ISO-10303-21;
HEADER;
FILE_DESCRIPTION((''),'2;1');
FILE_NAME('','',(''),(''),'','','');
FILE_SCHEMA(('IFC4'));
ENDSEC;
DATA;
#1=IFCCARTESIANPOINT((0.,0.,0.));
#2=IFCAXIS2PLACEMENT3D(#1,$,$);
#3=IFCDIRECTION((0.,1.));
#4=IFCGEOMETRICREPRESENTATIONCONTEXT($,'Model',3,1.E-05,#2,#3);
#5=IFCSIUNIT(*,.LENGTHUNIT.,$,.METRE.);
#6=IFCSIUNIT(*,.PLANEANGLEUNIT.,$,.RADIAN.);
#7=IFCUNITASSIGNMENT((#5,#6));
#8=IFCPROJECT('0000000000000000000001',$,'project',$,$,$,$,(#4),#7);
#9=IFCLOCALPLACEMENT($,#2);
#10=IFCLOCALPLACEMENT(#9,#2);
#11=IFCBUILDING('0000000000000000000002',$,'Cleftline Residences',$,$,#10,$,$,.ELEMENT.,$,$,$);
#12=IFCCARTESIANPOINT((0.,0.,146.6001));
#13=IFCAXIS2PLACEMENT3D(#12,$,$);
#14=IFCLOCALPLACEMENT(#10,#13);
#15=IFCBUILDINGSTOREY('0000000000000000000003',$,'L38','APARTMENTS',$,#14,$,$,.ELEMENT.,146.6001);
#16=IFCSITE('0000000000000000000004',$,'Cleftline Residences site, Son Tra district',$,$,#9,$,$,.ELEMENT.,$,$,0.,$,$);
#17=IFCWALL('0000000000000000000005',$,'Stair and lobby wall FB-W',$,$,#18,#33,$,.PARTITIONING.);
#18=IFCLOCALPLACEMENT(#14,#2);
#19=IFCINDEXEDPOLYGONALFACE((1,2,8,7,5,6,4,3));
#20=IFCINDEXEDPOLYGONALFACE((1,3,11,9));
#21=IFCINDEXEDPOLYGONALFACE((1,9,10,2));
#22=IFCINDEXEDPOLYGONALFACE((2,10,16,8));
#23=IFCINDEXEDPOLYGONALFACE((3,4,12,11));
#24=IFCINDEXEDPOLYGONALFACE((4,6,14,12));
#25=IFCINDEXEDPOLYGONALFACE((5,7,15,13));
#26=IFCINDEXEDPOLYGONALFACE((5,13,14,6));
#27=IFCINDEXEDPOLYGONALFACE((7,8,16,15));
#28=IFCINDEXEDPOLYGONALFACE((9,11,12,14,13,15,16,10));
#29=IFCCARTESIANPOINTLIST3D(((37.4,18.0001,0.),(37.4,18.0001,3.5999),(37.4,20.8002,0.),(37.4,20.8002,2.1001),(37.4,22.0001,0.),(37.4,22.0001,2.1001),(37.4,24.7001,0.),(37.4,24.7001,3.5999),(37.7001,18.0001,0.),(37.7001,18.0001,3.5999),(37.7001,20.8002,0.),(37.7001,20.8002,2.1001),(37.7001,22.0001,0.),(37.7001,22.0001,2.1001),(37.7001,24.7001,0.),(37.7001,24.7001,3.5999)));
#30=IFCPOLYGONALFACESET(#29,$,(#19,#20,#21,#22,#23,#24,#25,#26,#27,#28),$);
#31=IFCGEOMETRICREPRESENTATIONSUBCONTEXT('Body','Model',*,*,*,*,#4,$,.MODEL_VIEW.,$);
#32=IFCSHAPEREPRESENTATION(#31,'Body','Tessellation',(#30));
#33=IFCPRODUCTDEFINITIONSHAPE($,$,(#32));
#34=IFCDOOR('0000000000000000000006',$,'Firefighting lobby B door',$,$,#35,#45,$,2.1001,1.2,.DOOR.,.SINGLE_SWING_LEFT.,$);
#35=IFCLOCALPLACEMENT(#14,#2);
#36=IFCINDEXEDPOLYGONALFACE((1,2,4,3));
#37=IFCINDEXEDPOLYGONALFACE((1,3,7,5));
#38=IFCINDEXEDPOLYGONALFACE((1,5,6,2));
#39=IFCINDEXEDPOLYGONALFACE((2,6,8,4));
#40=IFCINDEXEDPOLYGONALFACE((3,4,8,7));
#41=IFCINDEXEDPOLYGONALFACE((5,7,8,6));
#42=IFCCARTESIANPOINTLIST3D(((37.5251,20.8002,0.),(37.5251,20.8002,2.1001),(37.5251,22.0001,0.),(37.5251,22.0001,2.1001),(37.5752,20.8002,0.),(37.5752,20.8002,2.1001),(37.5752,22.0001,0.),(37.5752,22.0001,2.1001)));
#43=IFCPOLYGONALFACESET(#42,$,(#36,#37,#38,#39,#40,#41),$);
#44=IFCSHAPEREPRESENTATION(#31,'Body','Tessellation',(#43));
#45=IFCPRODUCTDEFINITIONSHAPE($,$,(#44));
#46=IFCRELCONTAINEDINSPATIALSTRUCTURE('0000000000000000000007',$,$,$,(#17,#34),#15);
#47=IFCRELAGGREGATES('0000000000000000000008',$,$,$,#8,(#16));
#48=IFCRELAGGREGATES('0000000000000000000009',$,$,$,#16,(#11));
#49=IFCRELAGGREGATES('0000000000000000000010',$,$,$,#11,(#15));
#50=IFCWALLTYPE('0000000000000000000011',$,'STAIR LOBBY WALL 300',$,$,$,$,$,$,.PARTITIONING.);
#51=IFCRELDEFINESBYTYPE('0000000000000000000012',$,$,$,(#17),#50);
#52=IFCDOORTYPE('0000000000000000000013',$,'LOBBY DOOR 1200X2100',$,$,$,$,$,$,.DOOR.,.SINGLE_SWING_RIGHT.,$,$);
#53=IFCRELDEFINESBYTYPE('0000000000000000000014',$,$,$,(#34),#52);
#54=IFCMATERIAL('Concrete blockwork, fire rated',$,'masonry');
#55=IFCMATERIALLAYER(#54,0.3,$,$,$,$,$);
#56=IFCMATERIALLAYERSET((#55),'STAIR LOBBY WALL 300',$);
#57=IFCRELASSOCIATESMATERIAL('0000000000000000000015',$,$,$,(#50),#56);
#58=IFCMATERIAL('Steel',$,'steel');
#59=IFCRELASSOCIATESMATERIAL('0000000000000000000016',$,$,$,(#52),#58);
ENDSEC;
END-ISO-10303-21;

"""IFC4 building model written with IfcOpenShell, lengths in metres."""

from ifc_helpers import new_model, si_unit, direction, frame, frame_2d, origin, place, context, subcontext, project, spatial, rectangle, extrude, material, layer, layer_set, type_object, element, fill, save


model = new_model("IFC4")

# Units and contexts
model_context = context("Model", 3, precision=1e-05, world=origin(), true_north=direction((0.0, 1.0)))
body_context = subcontext(model_context, "Body", "Model", "MODEL_VIEW")
ifc_project = project(units=[si_unit("LENGTHUNIT", "METRE"), si_unit("PLANEANGLEUNIT", "RADIAN")], contexts=[model_context])

# Site, building, storey
site_placement = place(None, origin())
site = spatial("IfcSite", under=ifc_project, at=site_placement, Name="Cleftline Residences site, Son Tra district", CompositionType="ELEMENT", RefElevation=0.0)
building_placement = place(site_placement, origin())
building = spatial("IfcBuilding", under=site, at=building_placement, Name="Cleftline Residences", CompositionType="ELEMENT")
storey_placement = place(building_placement, frame((0.0, 0.0, 146.6001)))
storey = spatial("IfcBuildingStorey", under=building, at=storey_placement, Name="L38", Description="APARTMENTS", CompositionType="ELEMENT", Elevation=146.6001)

# Wall, opening, door
ifc_material_1 = material(Name="Concrete blockwork, fire rated", Category="masonry")
ifc_layer_1 = layer(ifc_material_1, 0.3)
ifc_layer_set_1 = layer_set([ifc_layer_1], Name="STAIR LOBBY WALL 300")
wall_type_1 = type_object("IfcWallType", Name="STAIR LOBBY WALL 300", PredefinedType="PARTITIONING", material=ifc_layer_set_1)
ifc_material_2 = material(Name="Steel", Category="steel")
door_type_1 = type_object("IfcDoorType", Name="LOBBY DOOR 1200X2100", OperationType="SINGLE_SWING_RIGHT", PredefinedType="DOOR", material=ifc_material_2)
wall_1_placement = place(storey_placement, frame((37.55, 18.0, 0.0), z_axis=(0.0, 0.0, 1.0), x_axis=(0.0, 1.0, 0.0)))
wall_1 = element("IfcWall", 1, at=wall_1_placement, inside=storey, type_object=wall_type_1, Name="Stair and lobby wall FB-W", PredefinedType="PARTITIONING", context=body_context, shape_type="SweptSolid", body=[
    extrude(rectangle(XDim=6.7, YDim=0.3, at=frame_2d((3.3501, 0.0))), origin(), (0.0, 0.0, 1.0), 3.5999),
])
opening_1_placement = place(wall_1_placement, frame((2.8, 0.0, 0.0)))
opening_1 = element("IfcOpeningElement", 2, at=opening_1_placement, cuts=wall_1, PredefinedType="OPENING", context=body_context, shape_type="SweptSolid", body=[
    extrude(rectangle(XDim=1.2, YDim=2.1001, at=frame_2d((0.6001, 1.05))), frame((0.0, 0.1599, 0.0), z_axis=(0.0, -1.0, 0.0), x_axis=(1.0, 0.0, 0.0)), (0.0, 0.0, 1.0), 0.3201),
])
door_1_placement = place(opening_1_placement, origin())
door_1 = element("IfcDoor", 3, at=door_1_placement, inside=storey, type_object=door_type_1, Name="Firefighting lobby B door", OperationType="SINGLE_SWING_LEFT", OverallHeight=2.1001, OverallWidth=1.2, PredefinedType="DOOR", context=body_context, shape_type="SweptSolid", body=[
    extrude(rectangle(XDim=1.2, YDim=2.1001, at=frame_2d((0.6001, 1.05))), frame((0.0, 0.0249, 0.0), z_axis=(0.0, -1.0, 0.0), x_axis=(1.0, 0.0, 0.0)), (0.0, 0.0, 1.0), 0.05),
])
fill(opening_1, door_1)

save(model, "model.ifc")
